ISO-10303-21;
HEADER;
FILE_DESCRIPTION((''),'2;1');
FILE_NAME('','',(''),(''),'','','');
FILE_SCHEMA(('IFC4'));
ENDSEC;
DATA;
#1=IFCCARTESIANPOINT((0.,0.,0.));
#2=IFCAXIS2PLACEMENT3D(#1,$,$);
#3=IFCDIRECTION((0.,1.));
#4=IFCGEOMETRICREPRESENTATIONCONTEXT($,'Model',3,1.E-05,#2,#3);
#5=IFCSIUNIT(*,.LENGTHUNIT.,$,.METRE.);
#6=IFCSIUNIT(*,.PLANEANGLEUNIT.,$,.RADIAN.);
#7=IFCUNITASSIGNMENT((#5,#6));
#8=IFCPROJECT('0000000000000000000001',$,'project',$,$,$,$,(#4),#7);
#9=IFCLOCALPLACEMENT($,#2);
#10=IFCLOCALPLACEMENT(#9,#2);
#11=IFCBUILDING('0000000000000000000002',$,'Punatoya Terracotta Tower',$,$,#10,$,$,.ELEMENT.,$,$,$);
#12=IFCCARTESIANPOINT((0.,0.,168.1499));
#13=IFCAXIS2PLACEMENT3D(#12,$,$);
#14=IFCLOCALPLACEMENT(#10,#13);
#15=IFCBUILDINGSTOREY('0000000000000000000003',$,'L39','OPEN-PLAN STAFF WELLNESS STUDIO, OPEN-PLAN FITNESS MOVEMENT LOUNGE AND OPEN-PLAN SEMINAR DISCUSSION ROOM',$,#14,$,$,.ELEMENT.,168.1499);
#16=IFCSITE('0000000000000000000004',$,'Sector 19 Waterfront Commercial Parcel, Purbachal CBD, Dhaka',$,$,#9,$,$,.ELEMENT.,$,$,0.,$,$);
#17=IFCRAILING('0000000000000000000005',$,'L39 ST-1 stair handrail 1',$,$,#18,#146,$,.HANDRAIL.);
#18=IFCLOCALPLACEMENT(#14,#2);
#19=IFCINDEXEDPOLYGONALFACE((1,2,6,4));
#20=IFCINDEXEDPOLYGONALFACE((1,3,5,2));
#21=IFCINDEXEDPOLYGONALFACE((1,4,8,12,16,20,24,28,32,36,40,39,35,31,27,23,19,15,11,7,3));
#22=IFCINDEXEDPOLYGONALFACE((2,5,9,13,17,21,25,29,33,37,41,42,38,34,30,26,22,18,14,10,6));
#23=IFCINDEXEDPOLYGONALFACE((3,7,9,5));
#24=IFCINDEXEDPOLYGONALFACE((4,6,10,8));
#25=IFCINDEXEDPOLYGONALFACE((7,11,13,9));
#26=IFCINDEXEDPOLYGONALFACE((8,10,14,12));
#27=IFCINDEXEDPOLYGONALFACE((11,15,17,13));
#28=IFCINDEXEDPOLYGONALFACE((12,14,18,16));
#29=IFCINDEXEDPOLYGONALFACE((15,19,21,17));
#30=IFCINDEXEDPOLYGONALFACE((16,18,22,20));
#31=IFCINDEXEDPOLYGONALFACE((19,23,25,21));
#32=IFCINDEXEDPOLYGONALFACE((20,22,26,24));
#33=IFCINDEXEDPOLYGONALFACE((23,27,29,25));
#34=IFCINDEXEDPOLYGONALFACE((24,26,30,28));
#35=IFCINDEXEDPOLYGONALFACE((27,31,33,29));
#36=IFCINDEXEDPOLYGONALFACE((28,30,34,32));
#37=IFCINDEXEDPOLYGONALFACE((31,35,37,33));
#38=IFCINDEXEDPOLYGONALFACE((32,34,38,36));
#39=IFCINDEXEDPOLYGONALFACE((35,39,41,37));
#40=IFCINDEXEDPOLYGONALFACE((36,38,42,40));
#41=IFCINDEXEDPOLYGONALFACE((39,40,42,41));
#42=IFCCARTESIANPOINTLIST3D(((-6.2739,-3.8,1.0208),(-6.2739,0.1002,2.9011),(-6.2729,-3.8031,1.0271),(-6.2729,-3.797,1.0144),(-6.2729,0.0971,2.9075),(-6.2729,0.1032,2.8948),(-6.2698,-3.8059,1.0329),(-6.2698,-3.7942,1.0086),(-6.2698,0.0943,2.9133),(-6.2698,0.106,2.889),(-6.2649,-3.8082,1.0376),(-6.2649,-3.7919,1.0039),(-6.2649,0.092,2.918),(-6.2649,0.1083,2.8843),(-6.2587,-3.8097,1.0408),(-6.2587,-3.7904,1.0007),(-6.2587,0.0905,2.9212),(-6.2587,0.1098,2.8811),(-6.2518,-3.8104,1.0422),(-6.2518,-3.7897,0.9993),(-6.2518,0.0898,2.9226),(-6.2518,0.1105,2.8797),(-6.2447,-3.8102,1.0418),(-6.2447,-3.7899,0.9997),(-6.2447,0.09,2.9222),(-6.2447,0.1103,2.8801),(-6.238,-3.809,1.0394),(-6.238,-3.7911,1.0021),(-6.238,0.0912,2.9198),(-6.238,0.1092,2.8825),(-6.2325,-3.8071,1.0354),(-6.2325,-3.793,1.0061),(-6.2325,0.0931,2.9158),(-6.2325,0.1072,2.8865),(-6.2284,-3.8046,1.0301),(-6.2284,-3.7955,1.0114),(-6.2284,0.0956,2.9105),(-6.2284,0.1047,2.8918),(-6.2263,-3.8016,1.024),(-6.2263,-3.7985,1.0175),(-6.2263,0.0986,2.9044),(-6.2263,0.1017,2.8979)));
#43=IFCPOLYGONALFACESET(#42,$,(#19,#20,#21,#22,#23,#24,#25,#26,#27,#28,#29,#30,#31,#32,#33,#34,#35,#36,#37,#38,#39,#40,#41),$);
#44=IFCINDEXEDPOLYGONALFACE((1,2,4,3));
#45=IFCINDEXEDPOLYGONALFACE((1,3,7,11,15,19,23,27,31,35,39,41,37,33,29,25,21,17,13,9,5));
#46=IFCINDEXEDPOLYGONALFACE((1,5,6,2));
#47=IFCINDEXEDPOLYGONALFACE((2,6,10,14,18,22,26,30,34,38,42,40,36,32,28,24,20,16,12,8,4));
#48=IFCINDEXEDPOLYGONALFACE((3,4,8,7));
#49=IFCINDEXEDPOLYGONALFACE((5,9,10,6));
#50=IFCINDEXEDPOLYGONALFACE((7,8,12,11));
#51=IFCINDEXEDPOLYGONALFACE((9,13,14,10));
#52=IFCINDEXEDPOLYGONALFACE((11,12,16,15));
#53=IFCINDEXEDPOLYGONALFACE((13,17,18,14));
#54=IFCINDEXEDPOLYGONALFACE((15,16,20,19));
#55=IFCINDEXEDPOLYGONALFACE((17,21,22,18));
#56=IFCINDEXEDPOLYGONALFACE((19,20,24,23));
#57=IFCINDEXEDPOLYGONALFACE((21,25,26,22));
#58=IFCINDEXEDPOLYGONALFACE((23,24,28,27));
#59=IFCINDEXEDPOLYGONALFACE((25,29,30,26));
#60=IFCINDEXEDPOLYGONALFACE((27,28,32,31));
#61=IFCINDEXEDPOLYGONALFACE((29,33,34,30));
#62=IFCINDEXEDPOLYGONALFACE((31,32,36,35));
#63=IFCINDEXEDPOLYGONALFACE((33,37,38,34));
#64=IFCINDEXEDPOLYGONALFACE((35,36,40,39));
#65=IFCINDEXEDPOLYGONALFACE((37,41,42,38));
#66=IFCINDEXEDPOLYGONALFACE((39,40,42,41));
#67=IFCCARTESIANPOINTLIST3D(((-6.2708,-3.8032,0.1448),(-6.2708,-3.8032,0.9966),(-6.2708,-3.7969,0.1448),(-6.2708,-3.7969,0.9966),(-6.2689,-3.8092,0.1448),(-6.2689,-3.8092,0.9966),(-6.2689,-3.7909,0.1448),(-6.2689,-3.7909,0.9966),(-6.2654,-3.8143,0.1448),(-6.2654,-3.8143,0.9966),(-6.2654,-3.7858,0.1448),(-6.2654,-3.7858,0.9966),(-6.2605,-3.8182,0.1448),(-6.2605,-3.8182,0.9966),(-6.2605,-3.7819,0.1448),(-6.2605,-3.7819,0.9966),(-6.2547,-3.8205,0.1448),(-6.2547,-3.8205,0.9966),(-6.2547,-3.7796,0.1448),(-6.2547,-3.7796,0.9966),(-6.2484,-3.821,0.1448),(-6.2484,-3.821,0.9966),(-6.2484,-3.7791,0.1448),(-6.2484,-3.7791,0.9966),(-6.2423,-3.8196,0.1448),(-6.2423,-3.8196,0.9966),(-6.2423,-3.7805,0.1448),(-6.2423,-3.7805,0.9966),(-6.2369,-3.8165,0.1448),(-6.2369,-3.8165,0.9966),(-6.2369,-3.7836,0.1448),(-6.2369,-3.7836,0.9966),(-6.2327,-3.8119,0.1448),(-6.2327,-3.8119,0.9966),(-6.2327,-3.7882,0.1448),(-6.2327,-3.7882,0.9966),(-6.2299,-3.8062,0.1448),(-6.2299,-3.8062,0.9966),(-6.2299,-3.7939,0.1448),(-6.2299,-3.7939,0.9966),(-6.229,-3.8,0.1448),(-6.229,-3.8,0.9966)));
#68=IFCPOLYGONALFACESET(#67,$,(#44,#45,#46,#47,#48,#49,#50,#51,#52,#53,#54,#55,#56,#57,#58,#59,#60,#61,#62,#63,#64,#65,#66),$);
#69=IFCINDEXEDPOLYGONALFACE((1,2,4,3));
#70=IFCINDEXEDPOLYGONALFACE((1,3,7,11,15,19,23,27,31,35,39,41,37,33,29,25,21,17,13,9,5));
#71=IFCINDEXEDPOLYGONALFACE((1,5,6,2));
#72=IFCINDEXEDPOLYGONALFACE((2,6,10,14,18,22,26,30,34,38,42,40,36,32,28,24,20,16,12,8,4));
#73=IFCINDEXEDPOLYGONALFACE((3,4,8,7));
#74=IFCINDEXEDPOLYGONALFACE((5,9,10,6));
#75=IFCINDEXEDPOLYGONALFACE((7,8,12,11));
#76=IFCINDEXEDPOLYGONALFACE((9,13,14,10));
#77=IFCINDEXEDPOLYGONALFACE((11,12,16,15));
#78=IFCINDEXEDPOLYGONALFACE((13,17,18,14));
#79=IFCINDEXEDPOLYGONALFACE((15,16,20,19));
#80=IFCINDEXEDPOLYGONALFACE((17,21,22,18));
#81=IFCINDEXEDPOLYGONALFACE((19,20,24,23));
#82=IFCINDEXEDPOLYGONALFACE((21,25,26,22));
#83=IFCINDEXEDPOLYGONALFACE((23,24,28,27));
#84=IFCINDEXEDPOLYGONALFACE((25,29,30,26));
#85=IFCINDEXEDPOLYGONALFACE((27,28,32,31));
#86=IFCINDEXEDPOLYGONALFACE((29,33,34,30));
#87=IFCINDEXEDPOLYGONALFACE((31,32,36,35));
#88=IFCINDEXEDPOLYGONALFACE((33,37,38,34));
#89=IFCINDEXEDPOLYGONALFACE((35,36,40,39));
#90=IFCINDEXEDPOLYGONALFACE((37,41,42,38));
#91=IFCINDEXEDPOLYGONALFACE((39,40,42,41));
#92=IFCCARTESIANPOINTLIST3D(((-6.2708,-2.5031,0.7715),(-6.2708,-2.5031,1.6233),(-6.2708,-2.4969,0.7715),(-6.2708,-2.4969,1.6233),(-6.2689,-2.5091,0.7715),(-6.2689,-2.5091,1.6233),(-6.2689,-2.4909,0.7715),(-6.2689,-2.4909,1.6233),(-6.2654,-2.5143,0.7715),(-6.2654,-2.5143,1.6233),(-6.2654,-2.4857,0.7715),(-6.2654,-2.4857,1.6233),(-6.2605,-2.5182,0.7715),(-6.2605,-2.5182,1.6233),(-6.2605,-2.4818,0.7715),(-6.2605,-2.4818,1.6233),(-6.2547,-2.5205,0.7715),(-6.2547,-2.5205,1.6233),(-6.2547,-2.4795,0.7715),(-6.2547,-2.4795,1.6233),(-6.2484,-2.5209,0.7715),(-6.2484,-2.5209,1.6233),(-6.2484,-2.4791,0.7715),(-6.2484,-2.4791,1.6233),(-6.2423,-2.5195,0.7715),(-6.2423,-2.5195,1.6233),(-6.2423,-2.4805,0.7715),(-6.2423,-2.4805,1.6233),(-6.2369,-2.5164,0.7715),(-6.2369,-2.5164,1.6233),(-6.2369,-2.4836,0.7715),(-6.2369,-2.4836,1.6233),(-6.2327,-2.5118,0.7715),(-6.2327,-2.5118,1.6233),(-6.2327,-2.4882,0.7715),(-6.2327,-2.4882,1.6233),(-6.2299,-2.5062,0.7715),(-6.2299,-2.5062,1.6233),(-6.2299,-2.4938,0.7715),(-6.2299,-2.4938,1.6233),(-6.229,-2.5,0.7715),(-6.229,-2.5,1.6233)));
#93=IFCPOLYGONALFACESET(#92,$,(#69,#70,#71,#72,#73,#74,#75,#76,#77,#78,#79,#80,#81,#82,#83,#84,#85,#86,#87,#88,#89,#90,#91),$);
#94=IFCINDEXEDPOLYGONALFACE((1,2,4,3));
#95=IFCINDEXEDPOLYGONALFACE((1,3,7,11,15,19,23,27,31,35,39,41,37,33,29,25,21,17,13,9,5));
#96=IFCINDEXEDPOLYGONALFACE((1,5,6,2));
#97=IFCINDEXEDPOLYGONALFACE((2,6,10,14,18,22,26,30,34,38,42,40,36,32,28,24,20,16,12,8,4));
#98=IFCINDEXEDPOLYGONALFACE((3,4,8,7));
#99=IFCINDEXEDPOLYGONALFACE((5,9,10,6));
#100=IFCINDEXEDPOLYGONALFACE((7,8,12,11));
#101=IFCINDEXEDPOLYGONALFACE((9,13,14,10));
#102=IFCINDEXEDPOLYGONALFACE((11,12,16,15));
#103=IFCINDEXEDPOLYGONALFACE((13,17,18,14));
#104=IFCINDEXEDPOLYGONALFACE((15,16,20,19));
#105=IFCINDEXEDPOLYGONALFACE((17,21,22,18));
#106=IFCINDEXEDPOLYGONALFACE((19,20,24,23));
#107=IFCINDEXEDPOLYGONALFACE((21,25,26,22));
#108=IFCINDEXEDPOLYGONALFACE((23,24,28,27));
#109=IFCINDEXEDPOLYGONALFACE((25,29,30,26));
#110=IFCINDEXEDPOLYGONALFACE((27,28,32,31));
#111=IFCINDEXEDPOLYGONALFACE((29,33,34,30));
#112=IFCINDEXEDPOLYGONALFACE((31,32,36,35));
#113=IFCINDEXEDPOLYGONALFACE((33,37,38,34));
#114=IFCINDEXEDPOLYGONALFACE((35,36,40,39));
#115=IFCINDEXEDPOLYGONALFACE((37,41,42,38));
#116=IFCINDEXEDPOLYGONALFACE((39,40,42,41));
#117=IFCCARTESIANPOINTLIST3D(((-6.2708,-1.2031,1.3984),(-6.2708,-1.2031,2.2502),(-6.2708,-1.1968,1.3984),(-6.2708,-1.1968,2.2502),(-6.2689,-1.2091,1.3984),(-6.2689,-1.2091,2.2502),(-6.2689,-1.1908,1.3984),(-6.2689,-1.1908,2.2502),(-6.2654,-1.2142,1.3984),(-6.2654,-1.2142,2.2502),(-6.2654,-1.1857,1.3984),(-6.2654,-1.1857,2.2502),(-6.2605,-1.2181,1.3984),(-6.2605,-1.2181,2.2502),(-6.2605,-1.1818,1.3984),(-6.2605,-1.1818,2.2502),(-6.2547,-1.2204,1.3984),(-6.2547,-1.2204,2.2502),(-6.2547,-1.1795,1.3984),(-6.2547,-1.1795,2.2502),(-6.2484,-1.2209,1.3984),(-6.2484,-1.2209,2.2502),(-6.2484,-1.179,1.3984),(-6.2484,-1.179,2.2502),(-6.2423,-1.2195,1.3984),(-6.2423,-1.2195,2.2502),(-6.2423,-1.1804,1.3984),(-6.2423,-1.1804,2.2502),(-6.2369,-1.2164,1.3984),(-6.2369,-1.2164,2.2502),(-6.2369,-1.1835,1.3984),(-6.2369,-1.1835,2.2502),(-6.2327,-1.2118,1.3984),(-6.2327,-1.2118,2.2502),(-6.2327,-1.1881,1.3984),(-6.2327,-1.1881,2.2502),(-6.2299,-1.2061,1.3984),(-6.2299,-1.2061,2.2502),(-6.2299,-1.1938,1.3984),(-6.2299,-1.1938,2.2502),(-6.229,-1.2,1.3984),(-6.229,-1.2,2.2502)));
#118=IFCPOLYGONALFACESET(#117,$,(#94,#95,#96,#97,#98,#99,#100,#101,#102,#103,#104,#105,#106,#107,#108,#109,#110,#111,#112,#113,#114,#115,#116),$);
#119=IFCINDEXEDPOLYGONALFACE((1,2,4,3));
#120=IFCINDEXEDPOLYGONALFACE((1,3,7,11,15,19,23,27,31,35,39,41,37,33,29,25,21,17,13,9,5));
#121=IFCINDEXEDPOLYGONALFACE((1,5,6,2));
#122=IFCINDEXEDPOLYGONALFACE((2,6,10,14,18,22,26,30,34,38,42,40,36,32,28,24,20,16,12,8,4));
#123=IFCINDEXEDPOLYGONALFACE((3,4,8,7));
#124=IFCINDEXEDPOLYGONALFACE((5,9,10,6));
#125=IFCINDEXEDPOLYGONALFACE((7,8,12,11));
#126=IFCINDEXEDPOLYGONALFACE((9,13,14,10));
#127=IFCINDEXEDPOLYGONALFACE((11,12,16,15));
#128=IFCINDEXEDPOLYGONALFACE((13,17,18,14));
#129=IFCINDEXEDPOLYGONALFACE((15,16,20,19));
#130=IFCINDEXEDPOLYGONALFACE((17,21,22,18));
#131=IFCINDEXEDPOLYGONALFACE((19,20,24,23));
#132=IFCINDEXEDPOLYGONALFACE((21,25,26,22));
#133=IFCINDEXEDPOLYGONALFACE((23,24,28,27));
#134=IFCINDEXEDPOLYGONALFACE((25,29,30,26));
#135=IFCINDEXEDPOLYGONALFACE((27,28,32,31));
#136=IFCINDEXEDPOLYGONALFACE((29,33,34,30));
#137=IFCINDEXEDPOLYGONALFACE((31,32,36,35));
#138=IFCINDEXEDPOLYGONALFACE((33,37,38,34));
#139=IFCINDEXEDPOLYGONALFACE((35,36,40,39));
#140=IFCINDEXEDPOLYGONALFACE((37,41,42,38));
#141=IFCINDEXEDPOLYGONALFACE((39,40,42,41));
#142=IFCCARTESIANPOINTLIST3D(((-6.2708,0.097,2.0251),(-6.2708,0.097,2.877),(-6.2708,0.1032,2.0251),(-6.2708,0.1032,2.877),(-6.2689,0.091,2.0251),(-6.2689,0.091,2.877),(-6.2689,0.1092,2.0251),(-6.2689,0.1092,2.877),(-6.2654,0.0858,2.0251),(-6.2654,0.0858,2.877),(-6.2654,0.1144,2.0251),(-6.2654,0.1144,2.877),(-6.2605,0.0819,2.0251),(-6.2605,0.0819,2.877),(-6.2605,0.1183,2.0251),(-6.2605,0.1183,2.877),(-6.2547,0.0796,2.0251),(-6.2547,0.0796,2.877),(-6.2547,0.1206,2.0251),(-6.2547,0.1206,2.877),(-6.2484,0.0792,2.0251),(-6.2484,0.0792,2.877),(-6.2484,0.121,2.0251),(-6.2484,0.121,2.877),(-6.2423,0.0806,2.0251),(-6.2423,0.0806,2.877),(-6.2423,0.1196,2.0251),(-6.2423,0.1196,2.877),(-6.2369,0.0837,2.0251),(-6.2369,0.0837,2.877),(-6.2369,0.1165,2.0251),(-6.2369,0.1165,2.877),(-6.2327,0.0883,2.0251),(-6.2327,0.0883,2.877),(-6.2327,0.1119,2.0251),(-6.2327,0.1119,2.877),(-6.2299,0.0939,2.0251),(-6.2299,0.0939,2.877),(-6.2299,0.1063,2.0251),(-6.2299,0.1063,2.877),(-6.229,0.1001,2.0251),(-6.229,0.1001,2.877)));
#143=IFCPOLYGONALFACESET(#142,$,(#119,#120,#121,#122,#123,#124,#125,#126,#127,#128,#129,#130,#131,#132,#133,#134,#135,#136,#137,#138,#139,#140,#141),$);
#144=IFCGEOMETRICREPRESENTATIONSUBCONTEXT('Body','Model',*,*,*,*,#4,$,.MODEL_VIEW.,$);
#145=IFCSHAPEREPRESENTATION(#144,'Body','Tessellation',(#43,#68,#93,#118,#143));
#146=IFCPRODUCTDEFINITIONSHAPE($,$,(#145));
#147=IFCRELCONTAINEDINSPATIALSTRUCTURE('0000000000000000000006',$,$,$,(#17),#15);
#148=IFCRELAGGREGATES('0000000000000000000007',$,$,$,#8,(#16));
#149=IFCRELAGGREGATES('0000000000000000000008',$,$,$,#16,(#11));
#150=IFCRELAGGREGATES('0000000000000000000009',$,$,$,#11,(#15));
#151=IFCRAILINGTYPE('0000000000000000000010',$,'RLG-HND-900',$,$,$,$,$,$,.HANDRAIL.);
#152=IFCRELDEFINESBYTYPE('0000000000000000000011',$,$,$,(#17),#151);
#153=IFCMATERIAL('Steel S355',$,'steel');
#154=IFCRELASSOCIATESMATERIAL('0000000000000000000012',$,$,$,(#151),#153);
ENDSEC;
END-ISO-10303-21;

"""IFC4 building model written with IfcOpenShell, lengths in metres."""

from ifc_helpers import new_model, si_unit, direction, frame, origin, origin_2d, place, context, subcontext, project, spatial, circle, extrude, material, type_object, element, save


model = new_model("IFC4")

# Units and contexts
model_context = context("Model", 3, precision=1e-05, world=origin(), true_north=direction((0.0, 1.0)))
body_context = subcontext(model_context, "Body", "Model", "MODEL_VIEW")
ifc_project = project(units=[si_unit("LENGTHUNIT", "METRE"), si_unit("PLANEANGLEUNIT", "RADIAN")], contexts=[model_context])

# Site, building, storey
site_placement = place(None, origin())
site = spatial("IfcSite", under=ifc_project, at=site_placement, Name="Sector 19 Waterfront Commercial Parcel, Purbachal CBD, Dhaka", CompositionType="ELEMENT", RefElevation=0.0)
building_placement = place(site_placement, origin())
building = spatial("IfcBuilding", under=site, at=building_placement, Name="Punatoya Terracotta Tower", CompositionType="ELEMENT")
storey_placement = place(building_placement, frame((0.0, 0.0, 168.1499)))
storey = spatial("IfcBuildingStorey", under=building, at=storey_placement, Name="L39", Description="OPEN-PLAN STAFF WELLNESS STUDIO, OPEN-PLAN FITNESS MOVEMENT LOUNGE AND OPEN-PLAN SEMINAR DISCUSSION ROOM", CompositionType="ELEMENT", Elevation=168.1499)

# Railing
ifc_material_1 = material(Name="Steel S355", Category="steel")
railing_type_1 = type_object("IfcRailingType", Name="RLG-HND-900", PredefinedType="HANDRAIL", material=ifc_material_1)
railing_1_placement = place(storey_placement, frame((-6.25, -3.8, 0.1448)))
element("IfcRailing", 1, at=railing_1_placement, inside=storey, type_object=railing_type_1, Name="L39 ST-1 stair handrail 1", PredefinedType="HANDRAIL", context=body_context, shape_type="SweptSolid", body=[
    extrude(circle(Radius=0.0239, at=origin_2d()), frame((0.0, 0.0, 0.876), z_axis=(0.0, 0.900774, 0.434289), x_axis=(-1.0, 0.0, 0.0)), (0.0, 0.0, 1.0), 4.3298),
    extrude(circle(Radius=0.021, at=origin_2d()), origin(), (0.0, 0.0, 1.0), 0.8518),
    extrude(circle(Radius=0.021, at=origin_2d()), frame((0.0, 1.3, 0.6267)), (0.0, 0.0, 1.0), 0.8518),
    extrude(circle(Radius=0.021, at=origin_2d()), frame((0.0, 2.6001, 1.2537)), (0.0, 0.0, 1.0), 0.8518),
    extrude(circle(Radius=0.021, at=origin_2d()), frame((0.0, 3.9001, 1.8804)), (0.0, 0.0, 1.0), 0.8518),
])

save(model, "model.ifc")
